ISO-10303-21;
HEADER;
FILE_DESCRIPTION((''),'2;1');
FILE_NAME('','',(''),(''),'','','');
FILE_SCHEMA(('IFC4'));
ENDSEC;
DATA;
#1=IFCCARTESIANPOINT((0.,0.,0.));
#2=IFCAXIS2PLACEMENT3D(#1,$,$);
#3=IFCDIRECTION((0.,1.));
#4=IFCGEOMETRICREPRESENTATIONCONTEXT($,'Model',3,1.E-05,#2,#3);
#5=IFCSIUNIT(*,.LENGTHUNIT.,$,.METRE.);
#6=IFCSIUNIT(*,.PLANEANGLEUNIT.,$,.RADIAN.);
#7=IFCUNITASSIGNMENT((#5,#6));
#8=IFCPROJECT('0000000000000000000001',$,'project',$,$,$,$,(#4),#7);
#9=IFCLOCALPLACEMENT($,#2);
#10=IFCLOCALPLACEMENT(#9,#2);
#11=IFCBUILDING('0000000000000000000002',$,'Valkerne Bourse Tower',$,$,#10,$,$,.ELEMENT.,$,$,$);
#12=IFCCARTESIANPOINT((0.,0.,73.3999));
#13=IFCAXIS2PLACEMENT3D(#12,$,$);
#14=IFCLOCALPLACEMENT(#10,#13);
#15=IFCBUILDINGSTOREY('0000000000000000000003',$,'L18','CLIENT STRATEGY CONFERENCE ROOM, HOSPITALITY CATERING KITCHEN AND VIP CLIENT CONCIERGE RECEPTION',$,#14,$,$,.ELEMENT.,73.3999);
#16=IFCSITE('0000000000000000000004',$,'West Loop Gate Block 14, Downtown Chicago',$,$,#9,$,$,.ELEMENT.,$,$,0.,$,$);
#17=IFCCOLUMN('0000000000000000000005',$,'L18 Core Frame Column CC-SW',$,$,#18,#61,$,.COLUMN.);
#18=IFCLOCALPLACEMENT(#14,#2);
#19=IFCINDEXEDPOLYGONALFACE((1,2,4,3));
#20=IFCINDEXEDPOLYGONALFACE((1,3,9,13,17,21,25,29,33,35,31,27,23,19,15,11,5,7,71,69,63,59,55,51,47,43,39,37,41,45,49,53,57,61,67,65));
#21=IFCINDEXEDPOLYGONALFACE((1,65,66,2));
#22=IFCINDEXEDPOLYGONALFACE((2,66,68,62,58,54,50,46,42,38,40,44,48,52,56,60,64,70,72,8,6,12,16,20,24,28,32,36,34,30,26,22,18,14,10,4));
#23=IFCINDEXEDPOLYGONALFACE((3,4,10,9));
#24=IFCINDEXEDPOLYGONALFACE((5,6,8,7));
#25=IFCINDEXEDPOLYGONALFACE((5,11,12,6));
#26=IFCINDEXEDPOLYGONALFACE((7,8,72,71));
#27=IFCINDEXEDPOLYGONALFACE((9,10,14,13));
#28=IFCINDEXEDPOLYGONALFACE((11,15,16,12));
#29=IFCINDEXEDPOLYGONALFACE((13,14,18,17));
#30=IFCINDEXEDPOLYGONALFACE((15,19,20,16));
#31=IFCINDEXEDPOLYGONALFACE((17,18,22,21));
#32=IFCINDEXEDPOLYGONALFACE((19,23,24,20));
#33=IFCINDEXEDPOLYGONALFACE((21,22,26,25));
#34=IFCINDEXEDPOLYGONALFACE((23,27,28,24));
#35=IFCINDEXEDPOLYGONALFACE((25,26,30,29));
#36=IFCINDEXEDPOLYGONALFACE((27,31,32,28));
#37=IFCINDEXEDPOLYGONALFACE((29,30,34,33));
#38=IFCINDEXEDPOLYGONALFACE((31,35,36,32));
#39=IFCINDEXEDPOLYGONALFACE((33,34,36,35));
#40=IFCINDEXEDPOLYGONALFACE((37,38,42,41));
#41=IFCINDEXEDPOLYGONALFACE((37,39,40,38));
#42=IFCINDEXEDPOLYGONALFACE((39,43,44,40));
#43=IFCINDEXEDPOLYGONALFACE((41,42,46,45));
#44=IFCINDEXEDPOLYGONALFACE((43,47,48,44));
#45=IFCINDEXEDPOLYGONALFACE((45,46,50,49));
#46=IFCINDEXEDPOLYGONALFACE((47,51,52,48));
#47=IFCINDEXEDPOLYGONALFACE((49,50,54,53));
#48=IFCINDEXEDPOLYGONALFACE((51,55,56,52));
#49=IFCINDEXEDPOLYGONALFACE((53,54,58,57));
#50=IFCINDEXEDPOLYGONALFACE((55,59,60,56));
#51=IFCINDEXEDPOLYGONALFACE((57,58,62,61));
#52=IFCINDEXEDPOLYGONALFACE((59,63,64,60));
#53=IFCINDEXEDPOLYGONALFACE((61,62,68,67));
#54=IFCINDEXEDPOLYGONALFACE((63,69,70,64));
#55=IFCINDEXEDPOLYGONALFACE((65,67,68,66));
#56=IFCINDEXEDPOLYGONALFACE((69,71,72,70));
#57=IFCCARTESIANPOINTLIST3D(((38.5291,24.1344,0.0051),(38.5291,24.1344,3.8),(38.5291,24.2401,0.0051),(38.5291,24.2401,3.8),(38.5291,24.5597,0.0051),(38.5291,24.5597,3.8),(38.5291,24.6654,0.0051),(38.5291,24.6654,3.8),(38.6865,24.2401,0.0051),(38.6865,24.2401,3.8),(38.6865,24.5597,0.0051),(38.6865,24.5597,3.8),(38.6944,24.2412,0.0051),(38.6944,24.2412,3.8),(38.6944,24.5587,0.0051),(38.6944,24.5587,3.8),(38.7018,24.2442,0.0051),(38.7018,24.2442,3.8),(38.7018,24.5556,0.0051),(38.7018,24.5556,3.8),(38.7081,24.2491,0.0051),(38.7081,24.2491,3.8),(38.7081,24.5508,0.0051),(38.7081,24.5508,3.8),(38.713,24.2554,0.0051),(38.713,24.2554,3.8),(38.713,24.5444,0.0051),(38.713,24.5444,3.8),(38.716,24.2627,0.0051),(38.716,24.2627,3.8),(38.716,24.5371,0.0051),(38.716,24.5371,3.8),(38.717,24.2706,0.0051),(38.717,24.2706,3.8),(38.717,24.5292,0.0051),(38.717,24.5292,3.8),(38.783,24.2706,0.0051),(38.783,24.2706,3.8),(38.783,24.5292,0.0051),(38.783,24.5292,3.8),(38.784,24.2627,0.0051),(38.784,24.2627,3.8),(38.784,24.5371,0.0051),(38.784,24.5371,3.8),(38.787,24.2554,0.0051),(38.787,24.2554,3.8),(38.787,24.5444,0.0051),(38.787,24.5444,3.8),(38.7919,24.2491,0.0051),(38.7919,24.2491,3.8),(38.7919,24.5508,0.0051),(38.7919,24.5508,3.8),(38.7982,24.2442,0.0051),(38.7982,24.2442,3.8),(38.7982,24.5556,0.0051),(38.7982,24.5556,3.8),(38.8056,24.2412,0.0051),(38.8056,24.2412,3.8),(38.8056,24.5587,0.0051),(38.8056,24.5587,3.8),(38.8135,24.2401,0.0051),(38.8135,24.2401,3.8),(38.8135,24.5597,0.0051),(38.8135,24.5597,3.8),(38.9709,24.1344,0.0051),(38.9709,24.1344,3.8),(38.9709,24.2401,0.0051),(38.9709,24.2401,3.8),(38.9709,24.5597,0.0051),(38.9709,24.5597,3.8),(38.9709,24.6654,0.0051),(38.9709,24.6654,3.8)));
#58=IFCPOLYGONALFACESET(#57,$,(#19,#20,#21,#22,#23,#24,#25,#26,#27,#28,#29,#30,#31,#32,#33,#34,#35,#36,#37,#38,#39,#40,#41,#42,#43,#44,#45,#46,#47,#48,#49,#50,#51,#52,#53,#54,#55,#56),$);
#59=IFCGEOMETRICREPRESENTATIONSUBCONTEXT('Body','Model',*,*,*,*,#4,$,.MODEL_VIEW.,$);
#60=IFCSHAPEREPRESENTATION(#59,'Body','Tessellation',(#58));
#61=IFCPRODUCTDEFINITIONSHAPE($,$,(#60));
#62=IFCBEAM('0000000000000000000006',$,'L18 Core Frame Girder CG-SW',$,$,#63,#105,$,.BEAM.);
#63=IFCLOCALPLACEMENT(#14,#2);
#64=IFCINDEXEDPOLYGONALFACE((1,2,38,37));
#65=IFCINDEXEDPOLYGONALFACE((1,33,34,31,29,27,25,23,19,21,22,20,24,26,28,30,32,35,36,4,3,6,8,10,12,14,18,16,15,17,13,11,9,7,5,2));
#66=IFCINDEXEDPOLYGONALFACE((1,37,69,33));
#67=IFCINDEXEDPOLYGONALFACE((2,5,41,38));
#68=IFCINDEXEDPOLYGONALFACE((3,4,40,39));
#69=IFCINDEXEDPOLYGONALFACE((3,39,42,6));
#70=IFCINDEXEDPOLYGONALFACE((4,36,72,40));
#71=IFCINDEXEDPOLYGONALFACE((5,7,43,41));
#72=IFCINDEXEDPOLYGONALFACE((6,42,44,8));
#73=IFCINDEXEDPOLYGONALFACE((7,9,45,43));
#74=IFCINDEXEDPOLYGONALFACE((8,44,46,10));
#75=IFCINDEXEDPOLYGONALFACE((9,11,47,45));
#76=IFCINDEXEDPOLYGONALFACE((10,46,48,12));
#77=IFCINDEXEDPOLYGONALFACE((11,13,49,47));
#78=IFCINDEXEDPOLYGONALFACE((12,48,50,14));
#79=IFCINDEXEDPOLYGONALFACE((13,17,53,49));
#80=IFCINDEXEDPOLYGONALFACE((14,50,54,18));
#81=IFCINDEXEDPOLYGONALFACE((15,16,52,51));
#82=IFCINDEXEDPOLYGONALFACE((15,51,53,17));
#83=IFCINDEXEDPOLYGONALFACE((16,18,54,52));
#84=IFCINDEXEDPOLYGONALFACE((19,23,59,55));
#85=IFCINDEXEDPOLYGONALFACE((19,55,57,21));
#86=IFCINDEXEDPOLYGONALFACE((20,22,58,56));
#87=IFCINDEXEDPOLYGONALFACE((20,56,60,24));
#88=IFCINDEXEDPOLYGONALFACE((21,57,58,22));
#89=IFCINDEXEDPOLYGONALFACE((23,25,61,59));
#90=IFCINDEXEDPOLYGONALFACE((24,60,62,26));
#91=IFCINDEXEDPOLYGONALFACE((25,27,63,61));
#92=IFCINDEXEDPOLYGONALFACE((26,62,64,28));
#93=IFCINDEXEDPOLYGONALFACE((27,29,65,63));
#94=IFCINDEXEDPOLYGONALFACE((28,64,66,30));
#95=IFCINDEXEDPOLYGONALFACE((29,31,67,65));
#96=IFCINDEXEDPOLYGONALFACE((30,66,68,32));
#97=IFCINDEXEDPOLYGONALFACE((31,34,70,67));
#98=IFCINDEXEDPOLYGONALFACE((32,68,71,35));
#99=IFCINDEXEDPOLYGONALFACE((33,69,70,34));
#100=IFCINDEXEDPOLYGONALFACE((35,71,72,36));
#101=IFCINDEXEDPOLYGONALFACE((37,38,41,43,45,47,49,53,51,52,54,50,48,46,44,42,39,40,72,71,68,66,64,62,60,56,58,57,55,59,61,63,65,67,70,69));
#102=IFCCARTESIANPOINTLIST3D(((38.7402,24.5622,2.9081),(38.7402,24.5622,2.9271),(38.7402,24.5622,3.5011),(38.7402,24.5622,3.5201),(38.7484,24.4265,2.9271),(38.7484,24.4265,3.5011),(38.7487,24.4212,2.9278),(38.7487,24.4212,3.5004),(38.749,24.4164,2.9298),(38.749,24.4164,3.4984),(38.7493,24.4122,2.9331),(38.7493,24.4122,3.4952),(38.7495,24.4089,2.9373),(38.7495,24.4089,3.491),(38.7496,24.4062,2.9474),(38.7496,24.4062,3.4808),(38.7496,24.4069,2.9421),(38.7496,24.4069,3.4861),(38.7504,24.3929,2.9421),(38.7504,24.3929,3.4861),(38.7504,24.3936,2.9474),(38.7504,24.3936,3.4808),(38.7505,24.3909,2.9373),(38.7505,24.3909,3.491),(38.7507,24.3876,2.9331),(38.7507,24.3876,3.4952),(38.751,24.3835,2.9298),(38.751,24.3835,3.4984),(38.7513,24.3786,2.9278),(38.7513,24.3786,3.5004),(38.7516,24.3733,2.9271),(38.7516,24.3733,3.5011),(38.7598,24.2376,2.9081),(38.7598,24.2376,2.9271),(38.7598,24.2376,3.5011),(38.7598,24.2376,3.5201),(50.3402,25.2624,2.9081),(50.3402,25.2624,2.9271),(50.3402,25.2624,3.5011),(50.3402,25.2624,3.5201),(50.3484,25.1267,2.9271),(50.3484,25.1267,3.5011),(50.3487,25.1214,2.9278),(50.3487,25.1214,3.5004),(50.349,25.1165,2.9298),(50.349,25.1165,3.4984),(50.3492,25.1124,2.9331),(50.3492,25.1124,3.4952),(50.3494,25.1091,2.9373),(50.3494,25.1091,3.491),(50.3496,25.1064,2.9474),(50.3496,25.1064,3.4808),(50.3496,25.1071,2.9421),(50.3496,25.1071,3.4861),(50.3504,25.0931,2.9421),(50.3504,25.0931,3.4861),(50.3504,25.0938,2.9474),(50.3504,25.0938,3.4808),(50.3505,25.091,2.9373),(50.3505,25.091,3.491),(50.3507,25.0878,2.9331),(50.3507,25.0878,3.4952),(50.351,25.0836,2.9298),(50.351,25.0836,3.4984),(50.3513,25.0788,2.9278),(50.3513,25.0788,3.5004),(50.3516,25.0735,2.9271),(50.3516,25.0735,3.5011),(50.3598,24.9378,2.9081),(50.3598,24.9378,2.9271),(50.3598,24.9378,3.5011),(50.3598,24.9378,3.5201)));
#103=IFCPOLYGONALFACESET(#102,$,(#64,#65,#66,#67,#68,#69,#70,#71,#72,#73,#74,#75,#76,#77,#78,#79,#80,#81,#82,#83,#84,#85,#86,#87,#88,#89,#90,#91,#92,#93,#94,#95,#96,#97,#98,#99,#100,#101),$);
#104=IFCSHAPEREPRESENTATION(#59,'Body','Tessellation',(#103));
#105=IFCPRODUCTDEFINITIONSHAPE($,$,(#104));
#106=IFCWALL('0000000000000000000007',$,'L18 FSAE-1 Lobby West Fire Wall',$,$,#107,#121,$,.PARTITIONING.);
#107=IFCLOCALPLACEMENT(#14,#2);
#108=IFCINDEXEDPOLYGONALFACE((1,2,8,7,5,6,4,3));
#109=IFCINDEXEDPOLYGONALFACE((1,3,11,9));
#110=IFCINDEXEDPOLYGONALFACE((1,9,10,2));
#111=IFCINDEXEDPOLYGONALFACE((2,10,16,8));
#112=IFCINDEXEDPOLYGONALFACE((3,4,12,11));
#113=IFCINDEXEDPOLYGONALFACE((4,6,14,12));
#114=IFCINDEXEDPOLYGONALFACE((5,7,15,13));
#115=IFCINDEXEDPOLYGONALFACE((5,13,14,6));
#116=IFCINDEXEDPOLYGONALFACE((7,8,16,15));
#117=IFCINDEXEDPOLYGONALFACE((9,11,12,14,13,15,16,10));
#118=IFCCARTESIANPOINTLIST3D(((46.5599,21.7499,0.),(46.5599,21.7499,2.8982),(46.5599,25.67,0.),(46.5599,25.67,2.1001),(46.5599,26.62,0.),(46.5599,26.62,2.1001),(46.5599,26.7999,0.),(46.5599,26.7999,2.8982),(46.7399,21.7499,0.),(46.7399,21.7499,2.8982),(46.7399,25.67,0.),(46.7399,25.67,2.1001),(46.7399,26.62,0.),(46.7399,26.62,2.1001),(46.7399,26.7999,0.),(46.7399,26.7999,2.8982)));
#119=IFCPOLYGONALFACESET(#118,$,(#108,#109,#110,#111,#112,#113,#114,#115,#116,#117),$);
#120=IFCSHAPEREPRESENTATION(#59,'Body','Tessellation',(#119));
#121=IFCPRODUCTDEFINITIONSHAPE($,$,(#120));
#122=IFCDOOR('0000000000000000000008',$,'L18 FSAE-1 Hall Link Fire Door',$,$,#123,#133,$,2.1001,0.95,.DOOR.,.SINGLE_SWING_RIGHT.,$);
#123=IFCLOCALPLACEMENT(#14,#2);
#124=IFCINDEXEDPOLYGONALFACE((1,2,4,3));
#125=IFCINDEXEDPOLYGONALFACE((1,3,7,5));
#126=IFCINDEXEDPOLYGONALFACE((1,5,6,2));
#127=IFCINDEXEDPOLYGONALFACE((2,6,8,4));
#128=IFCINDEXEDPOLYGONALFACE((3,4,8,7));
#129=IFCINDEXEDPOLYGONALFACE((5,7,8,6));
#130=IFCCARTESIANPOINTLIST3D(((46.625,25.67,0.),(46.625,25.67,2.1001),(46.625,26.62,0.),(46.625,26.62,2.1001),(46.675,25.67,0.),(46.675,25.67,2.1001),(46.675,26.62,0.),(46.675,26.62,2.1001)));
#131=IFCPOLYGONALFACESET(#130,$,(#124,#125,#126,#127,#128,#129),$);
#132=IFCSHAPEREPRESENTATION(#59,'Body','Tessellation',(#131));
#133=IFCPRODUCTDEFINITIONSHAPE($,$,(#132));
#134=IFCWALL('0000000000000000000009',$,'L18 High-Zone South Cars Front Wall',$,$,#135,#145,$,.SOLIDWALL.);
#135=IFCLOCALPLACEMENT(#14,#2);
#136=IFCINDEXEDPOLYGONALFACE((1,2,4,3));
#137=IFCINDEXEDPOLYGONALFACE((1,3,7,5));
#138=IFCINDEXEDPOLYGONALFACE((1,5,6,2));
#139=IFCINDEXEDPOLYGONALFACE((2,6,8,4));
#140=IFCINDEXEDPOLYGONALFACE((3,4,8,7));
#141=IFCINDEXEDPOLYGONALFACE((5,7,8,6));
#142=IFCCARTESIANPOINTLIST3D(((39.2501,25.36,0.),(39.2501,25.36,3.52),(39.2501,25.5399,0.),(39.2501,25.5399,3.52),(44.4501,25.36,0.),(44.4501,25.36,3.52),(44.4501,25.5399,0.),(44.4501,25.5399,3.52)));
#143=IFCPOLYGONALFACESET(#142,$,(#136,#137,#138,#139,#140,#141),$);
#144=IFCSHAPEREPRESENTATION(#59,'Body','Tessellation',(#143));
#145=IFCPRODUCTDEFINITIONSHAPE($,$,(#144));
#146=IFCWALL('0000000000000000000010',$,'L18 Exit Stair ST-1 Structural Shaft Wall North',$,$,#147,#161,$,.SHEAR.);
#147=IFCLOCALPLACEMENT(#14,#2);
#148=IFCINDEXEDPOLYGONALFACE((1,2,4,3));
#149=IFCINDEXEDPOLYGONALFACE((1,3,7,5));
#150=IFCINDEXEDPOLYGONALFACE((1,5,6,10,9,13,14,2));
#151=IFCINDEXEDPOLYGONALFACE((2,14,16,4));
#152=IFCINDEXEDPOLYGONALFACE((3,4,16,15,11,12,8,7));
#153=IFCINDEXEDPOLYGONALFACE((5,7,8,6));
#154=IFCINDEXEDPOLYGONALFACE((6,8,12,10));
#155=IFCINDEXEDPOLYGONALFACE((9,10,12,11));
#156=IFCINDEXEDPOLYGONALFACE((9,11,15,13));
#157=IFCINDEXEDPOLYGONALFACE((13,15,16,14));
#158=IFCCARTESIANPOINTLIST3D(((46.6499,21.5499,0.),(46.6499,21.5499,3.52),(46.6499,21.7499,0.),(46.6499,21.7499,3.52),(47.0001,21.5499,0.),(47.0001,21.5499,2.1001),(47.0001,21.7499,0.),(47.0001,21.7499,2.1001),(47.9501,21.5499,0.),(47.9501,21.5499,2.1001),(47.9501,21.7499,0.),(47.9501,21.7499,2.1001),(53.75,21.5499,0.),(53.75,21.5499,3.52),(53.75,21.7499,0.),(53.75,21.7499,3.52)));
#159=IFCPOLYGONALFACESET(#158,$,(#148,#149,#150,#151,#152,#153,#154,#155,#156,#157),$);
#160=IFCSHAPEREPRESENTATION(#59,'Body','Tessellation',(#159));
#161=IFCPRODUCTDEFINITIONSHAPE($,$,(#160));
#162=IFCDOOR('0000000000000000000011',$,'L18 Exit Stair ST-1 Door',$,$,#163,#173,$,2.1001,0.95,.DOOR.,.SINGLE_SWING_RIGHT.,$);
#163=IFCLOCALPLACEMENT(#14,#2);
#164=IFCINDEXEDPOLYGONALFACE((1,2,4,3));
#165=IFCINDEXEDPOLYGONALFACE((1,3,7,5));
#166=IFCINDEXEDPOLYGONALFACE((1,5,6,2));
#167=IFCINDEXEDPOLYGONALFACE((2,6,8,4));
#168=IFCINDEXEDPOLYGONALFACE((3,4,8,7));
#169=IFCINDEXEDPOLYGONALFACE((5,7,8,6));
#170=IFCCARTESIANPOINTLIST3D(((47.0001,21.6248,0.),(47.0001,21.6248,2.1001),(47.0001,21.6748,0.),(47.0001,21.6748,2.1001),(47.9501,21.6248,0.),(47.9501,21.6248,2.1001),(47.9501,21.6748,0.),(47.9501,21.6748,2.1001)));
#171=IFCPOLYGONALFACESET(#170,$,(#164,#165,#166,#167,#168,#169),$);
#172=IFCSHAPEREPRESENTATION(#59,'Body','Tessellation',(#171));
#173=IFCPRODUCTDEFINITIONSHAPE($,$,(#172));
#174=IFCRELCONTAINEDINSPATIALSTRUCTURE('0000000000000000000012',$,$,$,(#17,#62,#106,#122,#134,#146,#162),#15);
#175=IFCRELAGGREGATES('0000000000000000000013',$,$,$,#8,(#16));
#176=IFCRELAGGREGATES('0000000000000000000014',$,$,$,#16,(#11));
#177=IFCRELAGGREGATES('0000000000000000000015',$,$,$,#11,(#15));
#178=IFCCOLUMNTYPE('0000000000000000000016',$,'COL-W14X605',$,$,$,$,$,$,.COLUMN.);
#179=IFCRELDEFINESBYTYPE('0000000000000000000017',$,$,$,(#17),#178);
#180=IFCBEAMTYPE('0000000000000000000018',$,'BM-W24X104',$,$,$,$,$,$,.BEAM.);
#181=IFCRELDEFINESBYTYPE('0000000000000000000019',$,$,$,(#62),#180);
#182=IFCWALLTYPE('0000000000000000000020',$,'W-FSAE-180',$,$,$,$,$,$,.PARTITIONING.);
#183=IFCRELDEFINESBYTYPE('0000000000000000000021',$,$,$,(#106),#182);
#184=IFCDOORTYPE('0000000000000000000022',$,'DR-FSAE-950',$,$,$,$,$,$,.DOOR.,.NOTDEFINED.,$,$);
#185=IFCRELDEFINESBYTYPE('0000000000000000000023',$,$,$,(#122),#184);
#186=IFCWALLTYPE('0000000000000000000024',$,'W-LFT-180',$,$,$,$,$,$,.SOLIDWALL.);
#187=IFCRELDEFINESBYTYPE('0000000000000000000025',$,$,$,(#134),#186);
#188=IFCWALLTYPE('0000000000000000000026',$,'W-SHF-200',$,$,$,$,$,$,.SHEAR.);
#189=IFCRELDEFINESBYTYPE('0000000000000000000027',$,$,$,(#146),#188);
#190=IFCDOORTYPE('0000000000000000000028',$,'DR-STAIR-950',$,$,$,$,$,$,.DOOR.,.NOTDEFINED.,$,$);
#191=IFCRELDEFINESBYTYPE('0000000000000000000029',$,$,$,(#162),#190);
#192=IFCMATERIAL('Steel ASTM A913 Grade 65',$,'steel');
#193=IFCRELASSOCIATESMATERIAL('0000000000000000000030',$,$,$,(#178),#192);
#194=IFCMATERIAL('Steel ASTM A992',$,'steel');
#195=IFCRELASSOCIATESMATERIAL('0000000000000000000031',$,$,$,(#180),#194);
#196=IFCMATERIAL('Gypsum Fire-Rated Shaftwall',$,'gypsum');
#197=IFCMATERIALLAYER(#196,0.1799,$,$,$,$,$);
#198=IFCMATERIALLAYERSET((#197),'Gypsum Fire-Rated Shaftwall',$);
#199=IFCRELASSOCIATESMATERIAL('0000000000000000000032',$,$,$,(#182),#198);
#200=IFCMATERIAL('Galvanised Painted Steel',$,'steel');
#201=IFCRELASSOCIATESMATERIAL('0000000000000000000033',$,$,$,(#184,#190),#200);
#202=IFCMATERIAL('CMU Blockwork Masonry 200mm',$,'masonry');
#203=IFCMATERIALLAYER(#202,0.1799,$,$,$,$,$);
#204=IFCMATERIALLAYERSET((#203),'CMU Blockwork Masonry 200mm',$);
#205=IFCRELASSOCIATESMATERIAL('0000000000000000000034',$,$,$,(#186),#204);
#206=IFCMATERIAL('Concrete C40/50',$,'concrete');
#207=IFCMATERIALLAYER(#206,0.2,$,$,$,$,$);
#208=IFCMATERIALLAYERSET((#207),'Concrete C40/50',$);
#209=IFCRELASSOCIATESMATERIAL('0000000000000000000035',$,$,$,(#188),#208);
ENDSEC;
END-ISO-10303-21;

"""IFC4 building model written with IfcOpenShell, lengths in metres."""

from ifc_helpers import new_model, si_unit, direction, frame, frame_2d, origin, origin_2d, place, context, subcontext, project, spatial, rectangle, i_section, extrude, material, layer, layer_set, material_profile, profile_set, type_object, element, fill, save


model = new_model("IFC4")

# Units and contexts
model_context = context("Model", 3, precision=1e-05, world=origin(), true_north=direction((0.0, 1.0)))
body_context = subcontext(model_context, "Body", "Model", "MODEL_VIEW")
ifc_project = project(units=[si_unit("LENGTHUNIT", "METRE"), si_unit("PLANEANGLEUNIT", "RADIAN")], contexts=[model_context])

# Site, building, storey
site_placement = place(None, origin())
site = spatial("IfcSite", under=ifc_project, at=site_placement, Name="West Loop Gate Block 14, Downtown Chicago", CompositionType="ELEMENT", RefElevation=0.0)
building_placement = place(site_placement, origin())
building = spatial("IfcBuilding", under=site, at=building_placement, Name="Valkerne Bourse Tower", CompositionType="ELEMENT")
storey_placement = place(building_placement, frame((0.0, 0.0, 73.3999)))
storey = spatial("IfcBuildingStorey", under=building, at=storey_placement, Name="L18", Description="CLIENT STRATEGY CONFERENCE ROOM, HOSPITALITY CATERING KITCHEN AND VIP CLIENT CONCIERGE RECEPTION", CompositionType="ELEMENT", Elevation=73.3999)

# Column
ifc_material_1 = material(Name="Steel ASTM A913 Grade 65", Category="steel")
ifc_material_profile_1 = material_profile(ifc_material_1, i_section(OverallWidth=0.4419, OverallDepth=0.531, WebThickness=0.0659, FlangeThickness=0.1057, FilletRadius=0.0305, at=origin_2d()), Name="W14X605")
ifc_profile_set_1 = profile_set([ifc_material_profile_1], Name="Steel ASTM A913 Grade 65")
column_type = type_object("IfcColumnType", Name="COL-W14X605", PredefinedType="COLUMN", material=ifc_profile_set_1)
column_placement = place(storey_placement, frame((38.75, 24.3999, 0.0051), z_axis=(0.0, 0.0, 1.0), x_axis=(1.0, 0.0, 0.0)))
element("IfcColumn", 1, at=column_placement, inside=storey, type_object=column_type, Name="L18 Core Frame Column CC-SW", PredefinedType="COLUMN", context=body_context, shape_type="SweptSolid", body=[
    extrude(i_section(OverallWidth=0.4419, OverallDepth=0.531, WebThickness=0.0659, FlangeThickness=0.1057, FilletRadius=0.0305, at=origin_2d()), origin(), (0.0, 0.0, 1.0), 3.7949),
])

# Beam
ifc_material_2 = material(Name="Steel ASTM A992", Category="steel")
ifc_material_profile_2 = material_profile(ifc_material_2, i_section(OverallWidth=0.3252, OverallDepth=0.6121, WebThickness=0.0127, FlangeThickness=0.019, FilletRadius=0.0203, at=origin_2d()), Name="W24X104")
ifc_profile_set_2 = profile_set([ifc_material_profile_2], Name="Steel ASTM A992")
beam_type = type_object("IfcBeamType", Name="BM-W24X104", PredefinedType="BEAM", material=ifc_profile_set_2)
beam_placement = place(storey_placement, frame((38.75, 24.3999, 3.2141), z_axis=(0.998183, 0.060251, 0.0), x_axis=(-0.060251, 0.998183, 0.0)))
element("IfcBeam", 2, at=beam_placement, inside=storey, type_object=beam_type, Name="L18 Core Frame Girder CG-SW", PredefinedType="BEAM", context=body_context, shape_type="SweptSolid", body=[
    extrude(i_section(OverallWidth=0.3252, OverallDepth=0.6121, WebThickness=0.0127, FlangeThickness=0.019, FilletRadius=0.0203, at=origin_2d()), origin(), (0.0, 0.0, 1.0), 11.6211),
])

# Wall, opening, door
ifc_material_3 = material(Name="Gypsum Fire-Rated Shaftwall", Category="gypsum")
ifc_layer_1 = layer(ifc_material_3, 0.1799)
ifc_layer_set_1 = layer_set([ifc_layer_1], Name="Gypsum Fire-Rated Shaftwall")
wall_type_1 = type_object("IfcWallType", Name="W-FSAE-180", PredefinedType="PARTITIONING", material=ifc_layer_set_1)
wall_1_placement = place(storey_placement, frame((46.6499, 21.75, 0.0), z_axis=(0.0, 0.0, 1.0), x_axis=(0.0, 1.0, 0.0)))
wall_1 = element("IfcWall", 3, at=wall_1_placement, inside=storey, type_object=wall_type_1, Name="L18 FSAE-1 Lobby West Fire Wall", PredefinedType="PARTITIONING", context=body_context, shape_type="SweptSolid", body=[
    extrude(rectangle(XDim=5.05, YDim=0.1799, at=frame_2d((2.5249, 0.0))), origin(), (0.0, 0.0, 1.0), 2.8982),
])
opening_1_placement = place(wall_1_placement, frame((3.9199, 0.0, 0.0)))
opening_1 = element("IfcOpeningElement", 4, at=opening_1_placement, cuts=wall_1, PredefinedType="OPENING", context=body_context, shape_type="SweptSolid", body=[
    extrude(rectangle(XDim=0.95, YDim=2.1001, at=frame_2d((0.4751, 1.05))), frame((0.0, 0.0999, 0.0), z_axis=(0.0, -1.0, 0.0), x_axis=(1.0, 0.0, 0.0)), (0.0, 0.0, 1.0), 0.2),
])
ifc_material_4 = material(Name="Galvanised Painted Steel", Category="steel")
door_type_1 = type_object("IfcDoorType", Name="DR-FSAE-950", OperationType="NOTDEFINED", PredefinedType="DOOR", material=ifc_material_4)
door_1_placement = place(opening_1_placement, origin())
door_1 = element("IfcDoor", 5, at=door_1_placement, inside=storey, type_object=door_type_1, Name="L18 FSAE-1 Hall Link Fire Door", OperationType="SINGLE_SWING_RIGHT", OverallHeight=2.1001, OverallWidth=0.95, PredefinedType="DOOR", context=body_context, shape_type="SweptSolid", body=[
    extrude(rectangle(XDim=0.95, YDim=2.1001, at=frame_2d((0.4751, 1.05))), frame((0.0, 0.0249, 0.0), z_axis=(0.0, -1.0, 0.0), x_axis=(1.0, 0.0, 0.0)), (0.0, 0.0, 1.0), 0.05),
])
fill(opening_1, door_1)

# Shared definitions
ifc_material_5 = material(Name="CMU Blockwork Masonry 200mm", Category="masonry")
ifc_layer_2 = layer(ifc_material_5, 0.1799)
ifc_layer_set_2 = layer_set([ifc_layer_2], Name="CMU Blockwork Masonry 200mm")
wall_type_2 = type_object("IfcWallType", Name="W-LFT-180", PredefinedType="SOLIDWALL", material=ifc_layer_set_2)

# Wall
wall_2_placement = place(storey_placement, frame((39.25, 25.45, 0.0), z_axis=(0.0, 0.0, 1.0), x_axis=(1.0, 0.0, 0.0)))
element("IfcWall", 6, at=wall_2_placement, inside=storey, type_object=wall_type_2, Name="L18 High-Zone South Cars Front Wall", PredefinedType="SOLIDWALL", context=body_context, shape_type="SweptSolid", body=[
    extrude(rectangle(XDim=5.2, YDim=0.1799, at=frame_2d((2.6001, 0.0))), origin(), (0.0, 0.0, 1.0), 3.52),
])

# Wall, opening, door
ifc_material_6 = material(Name="Concrete C40/50", Category="concrete")
ifc_layer_3 = layer(ifc_material_6, 0.2)
ifc_layer_set_3 = layer_set([ifc_layer_3], Name="Concrete C40/50")
wall_type_3 = type_object("IfcWallType", Name="W-SHF-200", PredefinedType="SHEAR", material=ifc_layer_set_3)
wall_3_placement = place(storey_placement, frame((46.6499, 21.6499, 0.0), z_axis=(0.0, 0.0, 1.0), x_axis=(1.0, 0.0, 0.0)))
wall_3 = element("IfcWall", 7, at=wall_3_placement, inside=storey, type_object=wall_type_3, Name="L18 Exit Stair ST-1 Structural Shaft Wall North", PredefinedType="SHEAR", context=body_context, shape_type="SweptSolid", body=[
    extrude(rectangle(XDim=7.1001, YDim=0.2, at=frame_2d((3.55, 0.0))), origin(), (0.0, 0.0, 1.0), 3.52),
])
opening_2_placement = place(wall_3_placement, frame((0.3501, 0.0, 0.0)))
opening_2 = element("IfcOpeningElement", 8, at=opening_2_placement, cuts=wall_3, PredefinedType="OPENING", context=body_context, shape_type="SweptSolid", body=[
    extrude(rectangle(XDim=0.95, YDim=2.1001, at=frame_2d((0.4751, 1.05))), frame((0.0, 0.1099, 0.0), z_axis=(0.0, -1.0, 0.0), x_axis=(1.0, 0.0, 0.0)), (0.0, 0.0, 1.0), 0.22),
])
door_type_2 = type_object("IfcDoorType", Name="DR-STAIR-950", OperationType="NOTDEFINED", PredefinedType="DOOR", material=ifc_material_4)
door_2_placement = place(opening_2_placement, origin())
door_2 = element("IfcDoor", 9, at=door_2_placement, inside=storey, type_object=door_type_2, Name="L18 Exit Stair ST-1 Door", OperationType="SINGLE_SWING_RIGHT", OverallHeight=2.1001, OverallWidth=0.95, PredefinedType="DOOR", context=body_context, shape_type="SweptSolid", body=[
    extrude(rectangle(XDim=0.95, YDim=2.1001, at=frame_2d((0.4751, 1.05))), frame((0.0, 0.0249, 0.0), z_axis=(0.0, -1.0, 0.0), x_axis=(1.0, 0.0, 0.0)), (0.0, 0.0, 1.0), 0.05),
])
fill(opening_2, door_2)

save(model, "model.ifc")
